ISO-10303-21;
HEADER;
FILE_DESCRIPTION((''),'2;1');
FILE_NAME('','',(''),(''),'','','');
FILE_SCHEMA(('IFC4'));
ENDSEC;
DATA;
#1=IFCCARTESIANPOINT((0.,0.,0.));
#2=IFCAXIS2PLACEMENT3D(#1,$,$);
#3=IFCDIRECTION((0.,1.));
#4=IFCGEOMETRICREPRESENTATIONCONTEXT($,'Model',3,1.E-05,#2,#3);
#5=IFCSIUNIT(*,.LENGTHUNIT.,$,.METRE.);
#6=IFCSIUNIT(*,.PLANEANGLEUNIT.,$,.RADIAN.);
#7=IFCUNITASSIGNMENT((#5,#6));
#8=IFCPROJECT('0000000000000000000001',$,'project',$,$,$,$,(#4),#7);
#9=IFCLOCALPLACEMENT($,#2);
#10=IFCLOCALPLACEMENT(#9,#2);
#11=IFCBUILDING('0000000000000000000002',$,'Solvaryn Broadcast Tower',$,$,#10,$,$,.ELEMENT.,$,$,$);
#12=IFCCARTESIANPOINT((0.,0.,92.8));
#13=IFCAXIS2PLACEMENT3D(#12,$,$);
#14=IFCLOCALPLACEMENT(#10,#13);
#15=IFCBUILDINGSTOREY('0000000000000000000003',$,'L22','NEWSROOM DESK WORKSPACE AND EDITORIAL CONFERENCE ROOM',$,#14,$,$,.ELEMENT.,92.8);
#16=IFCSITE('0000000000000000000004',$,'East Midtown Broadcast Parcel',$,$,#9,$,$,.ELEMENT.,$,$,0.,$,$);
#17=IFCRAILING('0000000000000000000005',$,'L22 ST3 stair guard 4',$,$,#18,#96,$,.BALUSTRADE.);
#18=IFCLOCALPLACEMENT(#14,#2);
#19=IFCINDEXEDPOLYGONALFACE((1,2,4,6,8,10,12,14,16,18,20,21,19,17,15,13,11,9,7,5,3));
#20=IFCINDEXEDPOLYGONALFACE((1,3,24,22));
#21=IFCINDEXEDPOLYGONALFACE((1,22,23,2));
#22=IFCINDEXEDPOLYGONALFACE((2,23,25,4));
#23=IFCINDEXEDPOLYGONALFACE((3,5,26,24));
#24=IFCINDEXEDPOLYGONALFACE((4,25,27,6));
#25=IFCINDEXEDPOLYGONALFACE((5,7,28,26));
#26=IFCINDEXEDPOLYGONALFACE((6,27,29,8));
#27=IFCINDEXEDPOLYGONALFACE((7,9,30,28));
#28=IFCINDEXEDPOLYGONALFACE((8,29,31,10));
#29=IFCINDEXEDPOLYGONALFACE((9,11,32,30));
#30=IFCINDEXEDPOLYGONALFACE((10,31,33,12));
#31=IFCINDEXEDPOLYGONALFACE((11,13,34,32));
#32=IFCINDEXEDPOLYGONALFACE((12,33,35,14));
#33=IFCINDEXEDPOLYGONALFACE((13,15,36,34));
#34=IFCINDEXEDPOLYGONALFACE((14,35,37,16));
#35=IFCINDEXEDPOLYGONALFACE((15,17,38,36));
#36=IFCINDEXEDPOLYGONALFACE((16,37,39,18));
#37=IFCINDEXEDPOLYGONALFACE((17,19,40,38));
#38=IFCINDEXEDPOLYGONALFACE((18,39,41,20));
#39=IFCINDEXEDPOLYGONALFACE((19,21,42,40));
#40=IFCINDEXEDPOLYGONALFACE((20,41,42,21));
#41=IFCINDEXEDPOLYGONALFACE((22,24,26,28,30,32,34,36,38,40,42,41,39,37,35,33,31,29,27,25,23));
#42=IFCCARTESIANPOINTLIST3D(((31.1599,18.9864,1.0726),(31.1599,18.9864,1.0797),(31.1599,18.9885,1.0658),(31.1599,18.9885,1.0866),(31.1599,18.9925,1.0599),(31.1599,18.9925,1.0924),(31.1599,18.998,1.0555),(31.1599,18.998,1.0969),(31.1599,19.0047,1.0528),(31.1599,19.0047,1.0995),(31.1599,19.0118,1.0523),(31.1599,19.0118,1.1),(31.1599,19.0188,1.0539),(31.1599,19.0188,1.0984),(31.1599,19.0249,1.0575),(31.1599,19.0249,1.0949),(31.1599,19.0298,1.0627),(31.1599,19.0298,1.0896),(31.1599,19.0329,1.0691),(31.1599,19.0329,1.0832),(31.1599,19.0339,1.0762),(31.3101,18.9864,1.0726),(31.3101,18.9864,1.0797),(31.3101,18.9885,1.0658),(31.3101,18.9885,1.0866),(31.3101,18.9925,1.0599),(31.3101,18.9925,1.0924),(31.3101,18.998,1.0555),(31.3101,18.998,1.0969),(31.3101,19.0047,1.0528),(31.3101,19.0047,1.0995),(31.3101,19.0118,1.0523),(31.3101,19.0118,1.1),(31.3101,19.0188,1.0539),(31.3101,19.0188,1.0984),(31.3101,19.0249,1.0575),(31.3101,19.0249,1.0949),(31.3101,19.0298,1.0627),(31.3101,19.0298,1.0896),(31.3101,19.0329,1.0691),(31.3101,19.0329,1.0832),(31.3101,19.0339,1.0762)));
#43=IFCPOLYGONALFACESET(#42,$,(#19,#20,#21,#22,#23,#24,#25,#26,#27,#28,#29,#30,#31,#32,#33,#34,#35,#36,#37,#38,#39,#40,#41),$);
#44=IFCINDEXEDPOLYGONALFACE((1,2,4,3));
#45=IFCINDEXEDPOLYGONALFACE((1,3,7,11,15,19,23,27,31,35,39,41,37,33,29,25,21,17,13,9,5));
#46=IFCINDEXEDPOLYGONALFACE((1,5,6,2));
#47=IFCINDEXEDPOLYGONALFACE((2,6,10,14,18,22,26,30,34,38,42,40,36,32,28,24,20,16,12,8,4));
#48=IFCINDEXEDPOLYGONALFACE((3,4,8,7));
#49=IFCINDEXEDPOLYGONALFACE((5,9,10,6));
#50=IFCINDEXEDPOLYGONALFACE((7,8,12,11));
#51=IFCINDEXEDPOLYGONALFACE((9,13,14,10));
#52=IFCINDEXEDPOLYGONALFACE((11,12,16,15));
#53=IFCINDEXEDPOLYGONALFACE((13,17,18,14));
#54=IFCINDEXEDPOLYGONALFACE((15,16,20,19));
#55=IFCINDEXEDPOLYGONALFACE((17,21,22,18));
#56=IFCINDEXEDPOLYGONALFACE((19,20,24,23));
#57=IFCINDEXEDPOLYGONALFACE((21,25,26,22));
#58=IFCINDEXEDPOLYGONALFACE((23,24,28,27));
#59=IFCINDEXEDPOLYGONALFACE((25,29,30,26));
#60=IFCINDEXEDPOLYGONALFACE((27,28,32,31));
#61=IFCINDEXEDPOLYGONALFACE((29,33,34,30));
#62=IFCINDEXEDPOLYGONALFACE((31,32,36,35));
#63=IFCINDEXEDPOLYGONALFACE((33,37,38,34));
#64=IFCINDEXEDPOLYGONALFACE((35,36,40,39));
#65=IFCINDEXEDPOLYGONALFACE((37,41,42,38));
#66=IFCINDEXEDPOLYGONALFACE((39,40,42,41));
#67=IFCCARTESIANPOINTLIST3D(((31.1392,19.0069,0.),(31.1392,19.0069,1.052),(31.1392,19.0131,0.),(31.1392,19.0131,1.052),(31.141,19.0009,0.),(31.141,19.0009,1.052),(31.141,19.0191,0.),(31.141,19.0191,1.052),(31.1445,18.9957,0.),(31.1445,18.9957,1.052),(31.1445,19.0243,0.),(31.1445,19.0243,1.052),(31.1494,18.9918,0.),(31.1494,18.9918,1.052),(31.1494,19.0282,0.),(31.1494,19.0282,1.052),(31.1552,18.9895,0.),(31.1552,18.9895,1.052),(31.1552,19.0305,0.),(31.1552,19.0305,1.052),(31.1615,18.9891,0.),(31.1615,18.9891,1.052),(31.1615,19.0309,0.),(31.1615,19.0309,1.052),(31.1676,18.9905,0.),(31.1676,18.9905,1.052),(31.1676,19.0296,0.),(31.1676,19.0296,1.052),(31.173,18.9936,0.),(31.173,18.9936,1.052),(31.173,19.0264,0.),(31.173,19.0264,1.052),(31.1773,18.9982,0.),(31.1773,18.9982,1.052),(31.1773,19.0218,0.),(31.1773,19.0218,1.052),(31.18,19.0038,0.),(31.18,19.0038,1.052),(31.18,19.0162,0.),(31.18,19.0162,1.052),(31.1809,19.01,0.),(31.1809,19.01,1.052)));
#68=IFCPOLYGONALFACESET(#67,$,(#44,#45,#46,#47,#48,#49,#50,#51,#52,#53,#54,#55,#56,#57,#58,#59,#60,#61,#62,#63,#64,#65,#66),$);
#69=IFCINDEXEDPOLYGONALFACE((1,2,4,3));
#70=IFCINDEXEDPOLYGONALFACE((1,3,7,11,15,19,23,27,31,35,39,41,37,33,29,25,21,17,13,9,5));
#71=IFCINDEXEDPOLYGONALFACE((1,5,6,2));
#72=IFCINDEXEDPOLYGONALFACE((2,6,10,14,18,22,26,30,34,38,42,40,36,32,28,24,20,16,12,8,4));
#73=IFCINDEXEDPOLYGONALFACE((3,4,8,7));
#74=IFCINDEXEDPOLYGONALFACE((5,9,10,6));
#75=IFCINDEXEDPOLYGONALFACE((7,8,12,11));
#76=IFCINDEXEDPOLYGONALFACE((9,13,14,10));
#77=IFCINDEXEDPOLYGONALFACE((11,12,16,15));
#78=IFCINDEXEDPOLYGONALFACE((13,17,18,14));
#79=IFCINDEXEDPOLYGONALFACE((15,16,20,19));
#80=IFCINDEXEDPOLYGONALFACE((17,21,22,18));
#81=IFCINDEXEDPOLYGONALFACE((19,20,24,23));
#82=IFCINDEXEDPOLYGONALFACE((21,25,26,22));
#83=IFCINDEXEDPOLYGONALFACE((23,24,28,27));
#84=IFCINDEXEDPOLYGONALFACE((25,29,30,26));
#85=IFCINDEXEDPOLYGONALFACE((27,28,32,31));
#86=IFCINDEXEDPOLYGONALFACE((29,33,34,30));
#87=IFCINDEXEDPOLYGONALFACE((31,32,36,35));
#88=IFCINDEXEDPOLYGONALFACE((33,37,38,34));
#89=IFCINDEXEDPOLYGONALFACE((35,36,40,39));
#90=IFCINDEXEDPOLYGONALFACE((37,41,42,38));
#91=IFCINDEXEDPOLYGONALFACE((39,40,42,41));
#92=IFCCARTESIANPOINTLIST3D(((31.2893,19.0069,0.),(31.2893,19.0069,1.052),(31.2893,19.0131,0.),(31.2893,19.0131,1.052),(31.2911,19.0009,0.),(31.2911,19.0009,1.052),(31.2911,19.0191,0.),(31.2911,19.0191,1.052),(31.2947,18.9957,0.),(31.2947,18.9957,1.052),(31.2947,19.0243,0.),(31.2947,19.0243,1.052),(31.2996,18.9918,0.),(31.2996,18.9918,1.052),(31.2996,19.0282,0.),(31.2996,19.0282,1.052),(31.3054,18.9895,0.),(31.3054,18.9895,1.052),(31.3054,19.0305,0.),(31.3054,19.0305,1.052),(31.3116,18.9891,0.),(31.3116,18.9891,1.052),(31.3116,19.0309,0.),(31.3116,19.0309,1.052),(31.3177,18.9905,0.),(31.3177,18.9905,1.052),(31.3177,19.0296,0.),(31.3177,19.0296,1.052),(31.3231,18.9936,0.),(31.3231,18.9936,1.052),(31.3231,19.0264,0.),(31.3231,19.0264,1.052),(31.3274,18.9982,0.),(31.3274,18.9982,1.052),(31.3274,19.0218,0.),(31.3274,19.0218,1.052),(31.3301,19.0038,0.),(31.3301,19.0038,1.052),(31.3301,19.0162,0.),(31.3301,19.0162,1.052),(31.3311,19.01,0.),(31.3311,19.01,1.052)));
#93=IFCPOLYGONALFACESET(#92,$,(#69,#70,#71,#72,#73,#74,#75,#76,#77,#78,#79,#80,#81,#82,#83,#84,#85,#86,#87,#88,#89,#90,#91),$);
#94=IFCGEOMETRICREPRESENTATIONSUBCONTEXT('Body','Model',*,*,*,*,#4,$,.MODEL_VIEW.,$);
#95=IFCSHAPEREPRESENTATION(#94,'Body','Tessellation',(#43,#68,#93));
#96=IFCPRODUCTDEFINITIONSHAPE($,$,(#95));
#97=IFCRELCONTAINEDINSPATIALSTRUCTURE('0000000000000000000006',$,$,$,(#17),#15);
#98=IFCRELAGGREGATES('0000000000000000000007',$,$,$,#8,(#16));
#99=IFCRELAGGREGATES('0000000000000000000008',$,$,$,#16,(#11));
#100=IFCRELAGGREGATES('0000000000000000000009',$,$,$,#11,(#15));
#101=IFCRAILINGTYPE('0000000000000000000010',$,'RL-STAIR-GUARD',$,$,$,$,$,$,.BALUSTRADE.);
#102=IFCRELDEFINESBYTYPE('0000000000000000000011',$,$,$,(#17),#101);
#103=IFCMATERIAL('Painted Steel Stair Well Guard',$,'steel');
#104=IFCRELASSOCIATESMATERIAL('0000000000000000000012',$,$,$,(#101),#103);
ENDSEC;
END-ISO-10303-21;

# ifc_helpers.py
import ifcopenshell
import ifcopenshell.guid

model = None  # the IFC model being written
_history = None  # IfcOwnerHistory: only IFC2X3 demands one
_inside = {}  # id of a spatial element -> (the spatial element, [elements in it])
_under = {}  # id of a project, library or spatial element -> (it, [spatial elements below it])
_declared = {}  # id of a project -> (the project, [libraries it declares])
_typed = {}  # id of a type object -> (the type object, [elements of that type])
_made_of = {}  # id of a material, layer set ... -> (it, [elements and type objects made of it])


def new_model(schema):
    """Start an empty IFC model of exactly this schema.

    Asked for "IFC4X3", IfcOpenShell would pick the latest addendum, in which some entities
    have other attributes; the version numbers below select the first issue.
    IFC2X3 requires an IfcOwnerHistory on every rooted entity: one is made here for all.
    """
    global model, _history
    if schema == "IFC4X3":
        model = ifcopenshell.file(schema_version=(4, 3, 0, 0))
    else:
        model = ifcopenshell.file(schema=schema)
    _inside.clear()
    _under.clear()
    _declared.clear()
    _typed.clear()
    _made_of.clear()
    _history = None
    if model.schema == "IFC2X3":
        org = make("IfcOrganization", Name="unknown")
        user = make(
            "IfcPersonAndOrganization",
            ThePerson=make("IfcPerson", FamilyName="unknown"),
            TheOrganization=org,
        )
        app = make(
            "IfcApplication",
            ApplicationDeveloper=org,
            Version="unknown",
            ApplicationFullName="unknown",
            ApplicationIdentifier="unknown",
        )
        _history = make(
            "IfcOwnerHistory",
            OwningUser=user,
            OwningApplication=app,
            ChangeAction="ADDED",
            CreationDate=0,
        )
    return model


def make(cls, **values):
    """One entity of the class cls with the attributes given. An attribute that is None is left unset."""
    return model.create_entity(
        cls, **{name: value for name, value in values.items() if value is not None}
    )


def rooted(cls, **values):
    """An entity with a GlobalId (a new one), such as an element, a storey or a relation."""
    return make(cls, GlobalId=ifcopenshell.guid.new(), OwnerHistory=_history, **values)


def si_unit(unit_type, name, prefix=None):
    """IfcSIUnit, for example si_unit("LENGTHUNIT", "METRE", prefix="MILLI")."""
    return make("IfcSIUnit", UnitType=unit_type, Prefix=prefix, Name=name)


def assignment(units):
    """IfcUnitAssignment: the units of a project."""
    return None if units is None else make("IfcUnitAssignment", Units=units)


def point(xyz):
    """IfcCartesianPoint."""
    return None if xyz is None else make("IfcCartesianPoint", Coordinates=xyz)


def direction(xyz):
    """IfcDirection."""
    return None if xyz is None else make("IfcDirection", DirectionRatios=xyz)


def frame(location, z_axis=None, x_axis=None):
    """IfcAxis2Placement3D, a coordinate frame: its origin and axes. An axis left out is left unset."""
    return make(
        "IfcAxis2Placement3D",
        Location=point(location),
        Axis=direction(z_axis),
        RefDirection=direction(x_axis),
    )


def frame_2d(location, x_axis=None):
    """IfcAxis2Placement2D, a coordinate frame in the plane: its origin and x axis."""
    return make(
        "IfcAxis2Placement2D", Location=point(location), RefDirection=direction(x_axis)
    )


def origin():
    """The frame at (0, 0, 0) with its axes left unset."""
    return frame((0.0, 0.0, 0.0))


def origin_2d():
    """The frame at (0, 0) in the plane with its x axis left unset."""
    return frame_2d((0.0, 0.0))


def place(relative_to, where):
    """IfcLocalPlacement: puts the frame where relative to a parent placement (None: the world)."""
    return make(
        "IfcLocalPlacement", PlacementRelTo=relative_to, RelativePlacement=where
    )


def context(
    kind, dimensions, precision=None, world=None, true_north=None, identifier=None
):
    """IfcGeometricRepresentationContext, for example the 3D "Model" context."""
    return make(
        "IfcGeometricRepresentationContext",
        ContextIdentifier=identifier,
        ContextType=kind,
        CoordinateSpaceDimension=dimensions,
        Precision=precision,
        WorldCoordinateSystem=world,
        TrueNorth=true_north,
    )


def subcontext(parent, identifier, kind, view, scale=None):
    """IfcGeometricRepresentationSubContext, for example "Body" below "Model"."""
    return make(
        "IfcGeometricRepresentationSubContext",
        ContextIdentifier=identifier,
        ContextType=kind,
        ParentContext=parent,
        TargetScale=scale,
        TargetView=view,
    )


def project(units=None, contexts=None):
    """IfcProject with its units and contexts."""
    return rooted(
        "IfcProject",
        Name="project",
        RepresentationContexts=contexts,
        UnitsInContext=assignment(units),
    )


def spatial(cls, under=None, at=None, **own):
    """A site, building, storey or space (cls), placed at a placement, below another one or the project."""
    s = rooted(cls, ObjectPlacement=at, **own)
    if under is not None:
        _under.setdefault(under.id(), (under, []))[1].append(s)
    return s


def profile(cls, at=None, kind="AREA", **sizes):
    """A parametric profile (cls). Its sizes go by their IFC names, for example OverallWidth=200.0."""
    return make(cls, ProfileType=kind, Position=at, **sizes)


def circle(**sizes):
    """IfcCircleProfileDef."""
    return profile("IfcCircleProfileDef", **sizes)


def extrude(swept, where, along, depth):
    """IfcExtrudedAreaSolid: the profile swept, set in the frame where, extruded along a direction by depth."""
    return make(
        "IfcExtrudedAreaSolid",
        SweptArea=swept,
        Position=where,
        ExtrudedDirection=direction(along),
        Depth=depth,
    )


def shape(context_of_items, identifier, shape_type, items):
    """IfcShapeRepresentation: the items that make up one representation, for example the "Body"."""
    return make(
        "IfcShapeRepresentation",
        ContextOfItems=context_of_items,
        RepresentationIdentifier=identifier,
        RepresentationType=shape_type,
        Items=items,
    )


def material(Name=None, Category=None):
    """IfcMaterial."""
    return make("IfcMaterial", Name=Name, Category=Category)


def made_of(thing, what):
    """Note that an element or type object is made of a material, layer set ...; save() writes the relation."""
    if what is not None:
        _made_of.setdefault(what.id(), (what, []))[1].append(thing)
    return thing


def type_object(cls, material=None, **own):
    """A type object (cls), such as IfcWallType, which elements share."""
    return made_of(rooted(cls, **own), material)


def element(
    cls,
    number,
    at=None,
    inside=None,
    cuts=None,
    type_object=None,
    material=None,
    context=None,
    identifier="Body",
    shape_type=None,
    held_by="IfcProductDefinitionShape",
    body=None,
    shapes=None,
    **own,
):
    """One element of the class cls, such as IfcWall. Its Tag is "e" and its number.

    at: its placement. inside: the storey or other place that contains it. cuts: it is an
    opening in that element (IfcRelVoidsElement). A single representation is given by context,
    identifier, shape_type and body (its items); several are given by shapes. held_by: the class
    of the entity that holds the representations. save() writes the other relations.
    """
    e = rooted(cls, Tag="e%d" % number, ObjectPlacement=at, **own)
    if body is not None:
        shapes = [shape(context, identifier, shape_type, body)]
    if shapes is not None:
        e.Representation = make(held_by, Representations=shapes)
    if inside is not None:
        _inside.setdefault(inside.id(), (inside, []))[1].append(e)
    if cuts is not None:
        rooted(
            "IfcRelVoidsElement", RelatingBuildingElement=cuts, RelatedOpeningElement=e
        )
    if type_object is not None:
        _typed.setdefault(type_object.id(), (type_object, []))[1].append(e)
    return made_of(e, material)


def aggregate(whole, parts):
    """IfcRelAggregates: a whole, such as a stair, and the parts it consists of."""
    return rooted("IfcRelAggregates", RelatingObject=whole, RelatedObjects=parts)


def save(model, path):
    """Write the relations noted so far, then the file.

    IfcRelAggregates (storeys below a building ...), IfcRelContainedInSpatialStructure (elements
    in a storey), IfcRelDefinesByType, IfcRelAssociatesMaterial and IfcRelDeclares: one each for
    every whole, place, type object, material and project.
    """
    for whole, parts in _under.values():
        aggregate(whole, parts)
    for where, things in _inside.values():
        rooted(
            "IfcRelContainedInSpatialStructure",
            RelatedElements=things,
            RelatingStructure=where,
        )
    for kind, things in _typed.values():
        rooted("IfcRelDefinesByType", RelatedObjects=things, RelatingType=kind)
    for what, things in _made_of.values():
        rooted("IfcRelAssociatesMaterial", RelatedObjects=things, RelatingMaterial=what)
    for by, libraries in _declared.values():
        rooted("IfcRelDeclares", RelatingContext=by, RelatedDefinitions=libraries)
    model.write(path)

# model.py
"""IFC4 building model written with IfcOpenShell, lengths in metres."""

from ifc_helpers import new_model, si_unit, direction, frame, origin, origin_2d, place, context, subcontext, project, spatial, circle, extrude, material, type_object, element, save


model = new_model("IFC4")

# Units and contexts
model_context = context("Model", 3, precision=1e-05, world=origin(), true_north=direction((0.0, 1.0)))
body_context = subcontext(model_context, "Body", "Model", "MODEL_VIEW")
ifc_project = project(units=[si_unit("LENGTHUNIT", "METRE"), si_unit("PLANEANGLEUNIT", "RADIAN")], contexts=[model_context])

# Site, building, storey
site_placement = place(None, origin())
site = spatial("IfcSite", under=ifc_project, at=site_placement, Name="East Midtown Broadcast Parcel", CompositionType="ELEMENT", RefElevation=0.0)
building_placement = place(site_placement, origin())
building = spatial("IfcBuilding", under=site, at=building_placement, Name="Solvaryn Broadcast Tower", CompositionType="ELEMENT")
storey_placement = place(building_placement, frame((0.0, 0.0, 92.8)))
storey = spatial("IfcBuildingStorey", under=building, at=storey_placement, Name="L22", Description="NEWSROOM DESK WORKSPACE AND EDITORIAL CONFERENCE ROOM", CompositionType="ELEMENT", Elevation=92.8)

# Railing
ifc_material_1 = material(Name="Painted Steel Stair Well Guard", Category="steel")
railing_type_1 = type_object("IfcRailingType", Name="RL-STAIR-GUARD", PredefinedType="BALUSTRADE", material=ifc_material_1)
railing_1_placement = place(storey_placement, frame((31.1599, 19.01, 0.0)))
element("IfcRailing", 1, at=railing_1_placement, inside=storey, type_object=railing_type_1, Name="L22 ST3 stair guard 4", PredefinedType="BALUSTRADE", context=body_context, shape_type="SweptSolid", body=[
    extrude(circle(Radius=0.0239, at=origin_2d()), frame((0.0, 0.0, 1.0762), z_axis=(1.0, 0.0, 0.0), x_axis=(0.0, 1.0, 0.0)), (0.0, 0.0, 1.0), 0.1501),
    extrude(circle(Radius=0.021, at=origin_2d()), origin(), (0.0, 0.0, 1.0), 1.052),
    extrude(circle(Radius=0.021, at=origin_2d()), frame((0.1501, 0.0, 0.0)), (0.0, 0.0, 1.0), 1.052),
])

save(model, "model.ifc")
